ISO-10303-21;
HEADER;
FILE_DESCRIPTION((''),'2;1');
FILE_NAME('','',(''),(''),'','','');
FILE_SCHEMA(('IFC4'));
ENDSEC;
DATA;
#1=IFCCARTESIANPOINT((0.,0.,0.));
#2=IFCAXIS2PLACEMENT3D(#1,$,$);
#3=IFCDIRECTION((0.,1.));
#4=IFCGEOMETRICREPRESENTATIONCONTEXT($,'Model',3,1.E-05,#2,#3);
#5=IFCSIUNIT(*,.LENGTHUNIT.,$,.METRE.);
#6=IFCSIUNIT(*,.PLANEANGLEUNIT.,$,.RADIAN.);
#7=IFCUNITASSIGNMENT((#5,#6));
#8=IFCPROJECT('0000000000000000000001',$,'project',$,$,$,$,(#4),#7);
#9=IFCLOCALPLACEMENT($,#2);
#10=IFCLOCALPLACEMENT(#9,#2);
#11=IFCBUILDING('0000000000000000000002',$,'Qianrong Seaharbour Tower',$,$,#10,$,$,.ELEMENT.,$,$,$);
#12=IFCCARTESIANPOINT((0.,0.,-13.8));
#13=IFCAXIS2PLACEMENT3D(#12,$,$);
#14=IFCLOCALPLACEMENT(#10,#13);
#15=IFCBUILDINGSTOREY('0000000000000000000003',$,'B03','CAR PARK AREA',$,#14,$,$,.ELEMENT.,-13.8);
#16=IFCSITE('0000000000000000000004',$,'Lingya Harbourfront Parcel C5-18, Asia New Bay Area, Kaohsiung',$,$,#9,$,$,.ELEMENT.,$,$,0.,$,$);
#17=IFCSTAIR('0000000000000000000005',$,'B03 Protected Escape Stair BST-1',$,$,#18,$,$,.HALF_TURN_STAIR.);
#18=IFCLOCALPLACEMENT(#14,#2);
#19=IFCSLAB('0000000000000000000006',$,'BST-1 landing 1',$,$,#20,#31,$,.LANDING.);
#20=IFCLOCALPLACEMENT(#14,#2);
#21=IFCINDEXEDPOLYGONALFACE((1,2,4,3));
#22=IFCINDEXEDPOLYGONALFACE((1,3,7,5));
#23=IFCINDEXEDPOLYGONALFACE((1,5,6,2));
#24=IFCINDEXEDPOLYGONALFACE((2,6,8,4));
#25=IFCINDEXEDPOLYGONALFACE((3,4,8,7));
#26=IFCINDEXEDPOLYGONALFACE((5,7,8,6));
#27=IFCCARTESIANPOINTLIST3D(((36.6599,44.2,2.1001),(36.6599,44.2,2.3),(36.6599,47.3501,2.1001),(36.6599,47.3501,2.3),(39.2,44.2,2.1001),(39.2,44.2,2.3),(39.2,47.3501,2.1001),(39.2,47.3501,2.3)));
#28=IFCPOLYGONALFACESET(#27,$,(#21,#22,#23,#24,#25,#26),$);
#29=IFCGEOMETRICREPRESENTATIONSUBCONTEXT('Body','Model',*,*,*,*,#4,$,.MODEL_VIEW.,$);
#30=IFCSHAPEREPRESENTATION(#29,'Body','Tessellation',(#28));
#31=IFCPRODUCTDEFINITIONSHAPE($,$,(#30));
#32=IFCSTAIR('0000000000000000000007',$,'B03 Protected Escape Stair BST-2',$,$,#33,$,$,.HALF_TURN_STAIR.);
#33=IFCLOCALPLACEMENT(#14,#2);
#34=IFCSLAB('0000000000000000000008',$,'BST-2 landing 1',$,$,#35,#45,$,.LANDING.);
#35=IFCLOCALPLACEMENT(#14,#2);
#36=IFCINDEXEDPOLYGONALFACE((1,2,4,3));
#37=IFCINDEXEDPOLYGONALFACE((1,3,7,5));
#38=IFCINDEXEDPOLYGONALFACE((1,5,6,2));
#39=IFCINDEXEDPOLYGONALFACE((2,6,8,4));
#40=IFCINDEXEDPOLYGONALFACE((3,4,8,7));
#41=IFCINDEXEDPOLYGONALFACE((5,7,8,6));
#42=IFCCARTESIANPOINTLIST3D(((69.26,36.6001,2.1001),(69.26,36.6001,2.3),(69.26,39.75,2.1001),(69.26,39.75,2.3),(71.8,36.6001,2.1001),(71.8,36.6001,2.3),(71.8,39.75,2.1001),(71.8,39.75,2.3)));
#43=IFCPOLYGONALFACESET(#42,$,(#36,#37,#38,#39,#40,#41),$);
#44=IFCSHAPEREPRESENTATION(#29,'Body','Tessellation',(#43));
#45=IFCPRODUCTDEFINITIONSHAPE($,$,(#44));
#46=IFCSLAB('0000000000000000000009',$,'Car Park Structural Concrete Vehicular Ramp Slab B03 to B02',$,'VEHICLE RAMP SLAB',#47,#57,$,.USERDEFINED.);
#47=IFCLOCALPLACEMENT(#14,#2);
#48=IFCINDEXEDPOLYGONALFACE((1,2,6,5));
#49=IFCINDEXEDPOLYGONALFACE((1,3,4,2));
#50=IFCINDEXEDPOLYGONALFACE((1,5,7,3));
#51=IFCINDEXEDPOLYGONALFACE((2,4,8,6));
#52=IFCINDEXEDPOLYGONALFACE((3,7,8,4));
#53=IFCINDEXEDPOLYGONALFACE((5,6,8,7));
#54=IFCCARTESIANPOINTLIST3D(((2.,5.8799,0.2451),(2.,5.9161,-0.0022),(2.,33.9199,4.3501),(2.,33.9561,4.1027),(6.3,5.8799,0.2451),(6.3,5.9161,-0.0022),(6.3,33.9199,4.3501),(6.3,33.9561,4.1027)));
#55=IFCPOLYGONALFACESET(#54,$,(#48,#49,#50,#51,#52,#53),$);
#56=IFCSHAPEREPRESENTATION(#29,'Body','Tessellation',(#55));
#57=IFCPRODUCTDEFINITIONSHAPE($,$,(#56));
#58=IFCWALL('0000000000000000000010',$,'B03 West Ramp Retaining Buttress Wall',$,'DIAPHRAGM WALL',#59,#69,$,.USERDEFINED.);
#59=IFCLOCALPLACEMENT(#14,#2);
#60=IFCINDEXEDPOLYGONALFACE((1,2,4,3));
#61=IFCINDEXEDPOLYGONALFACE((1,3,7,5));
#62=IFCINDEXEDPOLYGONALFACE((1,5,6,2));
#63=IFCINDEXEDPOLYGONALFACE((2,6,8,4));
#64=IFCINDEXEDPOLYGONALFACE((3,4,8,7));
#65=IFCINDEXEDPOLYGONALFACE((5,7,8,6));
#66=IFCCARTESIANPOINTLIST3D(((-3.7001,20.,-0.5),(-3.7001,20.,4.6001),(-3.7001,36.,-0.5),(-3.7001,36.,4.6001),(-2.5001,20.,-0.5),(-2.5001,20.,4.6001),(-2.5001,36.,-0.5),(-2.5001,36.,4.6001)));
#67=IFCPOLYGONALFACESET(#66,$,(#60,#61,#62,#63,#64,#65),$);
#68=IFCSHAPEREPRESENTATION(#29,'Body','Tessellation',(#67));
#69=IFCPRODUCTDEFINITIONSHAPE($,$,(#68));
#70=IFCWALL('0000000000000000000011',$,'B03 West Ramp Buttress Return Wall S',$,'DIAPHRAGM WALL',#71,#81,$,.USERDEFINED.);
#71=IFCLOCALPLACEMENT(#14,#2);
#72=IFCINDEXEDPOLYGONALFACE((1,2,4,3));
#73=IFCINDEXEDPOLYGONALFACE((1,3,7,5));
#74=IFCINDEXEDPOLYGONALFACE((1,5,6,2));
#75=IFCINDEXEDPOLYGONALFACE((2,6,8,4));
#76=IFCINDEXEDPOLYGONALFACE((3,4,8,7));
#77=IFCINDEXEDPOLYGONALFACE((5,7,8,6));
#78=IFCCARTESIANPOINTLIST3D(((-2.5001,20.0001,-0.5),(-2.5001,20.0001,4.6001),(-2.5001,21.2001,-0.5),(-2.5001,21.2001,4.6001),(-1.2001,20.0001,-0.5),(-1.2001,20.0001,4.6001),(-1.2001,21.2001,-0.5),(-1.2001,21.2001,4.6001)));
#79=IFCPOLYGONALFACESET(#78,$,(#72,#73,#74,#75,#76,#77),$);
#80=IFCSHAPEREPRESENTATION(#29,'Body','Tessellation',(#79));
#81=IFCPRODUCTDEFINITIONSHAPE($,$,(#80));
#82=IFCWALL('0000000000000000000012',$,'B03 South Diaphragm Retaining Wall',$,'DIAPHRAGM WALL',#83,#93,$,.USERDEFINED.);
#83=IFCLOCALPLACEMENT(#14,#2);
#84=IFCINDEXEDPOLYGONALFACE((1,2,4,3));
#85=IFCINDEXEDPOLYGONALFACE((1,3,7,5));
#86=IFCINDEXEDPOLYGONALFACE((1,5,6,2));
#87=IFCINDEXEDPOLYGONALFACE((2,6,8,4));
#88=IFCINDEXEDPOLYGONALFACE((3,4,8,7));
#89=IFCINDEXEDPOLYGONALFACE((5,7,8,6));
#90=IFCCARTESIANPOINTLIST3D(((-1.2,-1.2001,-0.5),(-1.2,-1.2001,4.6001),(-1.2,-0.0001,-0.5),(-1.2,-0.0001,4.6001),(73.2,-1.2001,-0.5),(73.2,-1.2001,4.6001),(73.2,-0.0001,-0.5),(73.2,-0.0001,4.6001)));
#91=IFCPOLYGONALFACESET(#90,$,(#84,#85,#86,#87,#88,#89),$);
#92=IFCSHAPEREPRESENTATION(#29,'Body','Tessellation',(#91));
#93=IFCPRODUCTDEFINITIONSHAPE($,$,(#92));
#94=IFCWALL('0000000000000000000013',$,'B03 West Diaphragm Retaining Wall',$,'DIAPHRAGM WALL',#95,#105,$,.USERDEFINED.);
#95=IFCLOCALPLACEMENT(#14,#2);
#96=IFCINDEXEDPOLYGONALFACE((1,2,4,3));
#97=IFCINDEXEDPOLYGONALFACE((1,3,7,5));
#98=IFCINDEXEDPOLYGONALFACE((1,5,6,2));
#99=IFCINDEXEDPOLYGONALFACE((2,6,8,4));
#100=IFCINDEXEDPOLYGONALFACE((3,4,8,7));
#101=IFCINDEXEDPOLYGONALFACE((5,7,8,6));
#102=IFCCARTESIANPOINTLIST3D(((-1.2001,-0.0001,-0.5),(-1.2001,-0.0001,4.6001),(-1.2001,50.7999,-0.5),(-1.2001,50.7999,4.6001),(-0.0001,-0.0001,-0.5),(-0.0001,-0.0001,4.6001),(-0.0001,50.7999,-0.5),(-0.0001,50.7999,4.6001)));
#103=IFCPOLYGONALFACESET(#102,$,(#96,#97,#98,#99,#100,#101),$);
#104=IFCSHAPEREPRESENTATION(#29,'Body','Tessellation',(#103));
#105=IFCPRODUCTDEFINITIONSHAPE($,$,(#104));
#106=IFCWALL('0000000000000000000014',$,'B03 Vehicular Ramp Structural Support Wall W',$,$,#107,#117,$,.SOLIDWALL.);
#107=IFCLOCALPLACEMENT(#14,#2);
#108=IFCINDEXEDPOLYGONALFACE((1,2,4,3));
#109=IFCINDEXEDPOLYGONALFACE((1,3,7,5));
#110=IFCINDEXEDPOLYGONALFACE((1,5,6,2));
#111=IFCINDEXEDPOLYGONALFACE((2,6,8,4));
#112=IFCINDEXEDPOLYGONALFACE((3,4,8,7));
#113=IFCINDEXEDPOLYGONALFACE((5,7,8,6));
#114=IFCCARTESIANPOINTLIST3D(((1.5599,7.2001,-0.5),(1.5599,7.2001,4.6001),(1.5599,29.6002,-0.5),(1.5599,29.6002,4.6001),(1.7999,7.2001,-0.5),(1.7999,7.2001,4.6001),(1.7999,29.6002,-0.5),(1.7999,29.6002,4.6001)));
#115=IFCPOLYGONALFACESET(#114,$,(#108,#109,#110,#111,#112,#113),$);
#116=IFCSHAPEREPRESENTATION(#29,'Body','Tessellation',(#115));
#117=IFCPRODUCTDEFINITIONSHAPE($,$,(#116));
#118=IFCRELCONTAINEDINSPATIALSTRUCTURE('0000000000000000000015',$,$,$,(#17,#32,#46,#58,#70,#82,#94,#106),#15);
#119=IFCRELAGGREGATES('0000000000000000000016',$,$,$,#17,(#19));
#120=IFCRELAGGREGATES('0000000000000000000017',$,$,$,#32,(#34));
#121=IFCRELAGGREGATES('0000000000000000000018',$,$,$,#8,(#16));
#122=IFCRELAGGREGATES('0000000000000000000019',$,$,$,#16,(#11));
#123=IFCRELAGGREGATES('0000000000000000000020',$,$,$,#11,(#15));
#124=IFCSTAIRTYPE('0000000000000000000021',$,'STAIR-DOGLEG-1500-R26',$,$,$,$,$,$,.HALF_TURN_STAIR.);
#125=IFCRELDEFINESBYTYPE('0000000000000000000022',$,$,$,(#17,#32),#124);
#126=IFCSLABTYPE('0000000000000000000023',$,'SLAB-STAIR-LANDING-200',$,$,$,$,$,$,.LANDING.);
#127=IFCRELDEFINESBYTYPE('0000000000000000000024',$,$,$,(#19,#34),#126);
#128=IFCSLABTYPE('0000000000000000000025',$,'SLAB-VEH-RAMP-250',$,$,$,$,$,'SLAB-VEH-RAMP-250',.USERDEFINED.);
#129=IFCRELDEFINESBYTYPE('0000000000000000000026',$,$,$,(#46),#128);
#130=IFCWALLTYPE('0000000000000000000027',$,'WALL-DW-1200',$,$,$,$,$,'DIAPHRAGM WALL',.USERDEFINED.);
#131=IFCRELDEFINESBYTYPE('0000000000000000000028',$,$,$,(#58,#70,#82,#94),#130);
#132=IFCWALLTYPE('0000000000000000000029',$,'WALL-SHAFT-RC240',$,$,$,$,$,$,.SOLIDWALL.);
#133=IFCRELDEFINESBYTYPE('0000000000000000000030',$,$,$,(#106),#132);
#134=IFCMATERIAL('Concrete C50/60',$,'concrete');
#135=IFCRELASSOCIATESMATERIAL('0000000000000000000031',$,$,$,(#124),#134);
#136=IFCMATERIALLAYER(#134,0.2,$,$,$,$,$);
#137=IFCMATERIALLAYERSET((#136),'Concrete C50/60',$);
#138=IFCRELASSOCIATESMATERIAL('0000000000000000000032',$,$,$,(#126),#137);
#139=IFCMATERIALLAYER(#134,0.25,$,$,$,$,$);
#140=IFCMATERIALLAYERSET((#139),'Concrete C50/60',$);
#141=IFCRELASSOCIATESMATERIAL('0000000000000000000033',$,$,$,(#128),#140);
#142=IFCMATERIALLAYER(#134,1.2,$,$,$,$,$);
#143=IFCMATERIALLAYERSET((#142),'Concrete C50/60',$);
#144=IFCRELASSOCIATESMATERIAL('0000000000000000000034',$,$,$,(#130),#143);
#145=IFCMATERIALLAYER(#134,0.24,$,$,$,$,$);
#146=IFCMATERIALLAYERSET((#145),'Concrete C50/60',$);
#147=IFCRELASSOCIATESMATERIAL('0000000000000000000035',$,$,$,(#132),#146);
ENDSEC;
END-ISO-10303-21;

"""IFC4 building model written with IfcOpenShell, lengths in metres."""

from ifc_helpers import new_model, si_unit, direction, frame, frame_2d, origin, place, context, subcontext, project, spatial, polyline, rectangle, outline, extrude, material, layer, layer_set, type_object, element, aggregate, save


model = new_model("IFC4")

# Units and contexts
model_context = context("Model", 3, precision=1e-05, world=origin(), true_north=direction((0.0, 1.0)))
body_context = subcontext(model_context, "Body", "Model", "MODEL_VIEW")
ifc_project = project(units=[si_unit("LENGTHUNIT", "METRE"), si_unit("PLANEANGLEUNIT", "RADIAN")], contexts=[model_context])

# Site, building, storey
site_placement = place(None, origin())
site = spatial("IfcSite", under=ifc_project, at=site_placement, Name="Lingya Harbourfront Parcel C5-18, Asia New Bay Area, Kaohsiung", CompositionType="ELEMENT", RefElevation=0.0)
building_placement = place(site_placement, origin())
building = spatial("IfcBuilding", under=site, at=building_placement, Name="Qianrong Seaharbour Tower", CompositionType="ELEMENT")
storey_placement = place(building_placement, frame((0.0, 0.0, -13.8)))
storey = spatial("IfcBuildingStorey", under=building, at=storey_placement, Name="B03", Description="CAR PARK AREA", CompositionType="ELEMENT", Elevation=-13.8)

# Shared definitions
ifc_material_1 = material(Name="Concrete C50/60", Category="concrete")

# Stairs, slabs
stair_type = type_object("IfcStairType", Name="STAIR-DOGLEG-1500-R26", PredefinedType="HALF_TURN_STAIR", material=ifc_material_1)
stair_1_placement = place(storey_placement, origin())
stair_1 = element("IfcStair", 1, at=stair_1_placement, inside=storey, type_object=stair_type, Name="B03 Protected Escape Stair BST-1", PredefinedType="HALF_TURN_STAIR")
ifc_layer_1 = layer(ifc_material_1, 0.2)
ifc_layer_set_1 = layer_set([ifc_layer_1], Name="Concrete C50/60")
slab_type_1 = type_object("IfcSlabType", Name="SLAB-STAIR-LANDING-200", PredefinedType="LANDING", material=ifc_layer_set_1)
slab_1_placement = place(storey_placement, frame((0.0, 0.0, 2.1001)))
slab_1 = element("IfcSlab", 2, at=slab_1_placement, type_object=slab_type_1, Name="BST-1 landing 1", PredefinedType="LANDING", context=body_context, shape_type="SweptSolid", body=[
    extrude(outline(polyline([(36.6599, 44.2), (39.2, 44.2), (39.2, 47.3501), (36.6599, 47.3501), (36.6599, 44.2)])), origin(), (0.0, 0.0, 1.0), 0.2),
])
aggregate(stair_1, [slab_1])
stair_2_placement = place(storey_placement, origin())
stair_2 = element("IfcStair", 3, at=stair_2_placement, inside=storey, type_object=stair_type, Name="B03 Protected Escape Stair BST-2", PredefinedType="HALF_TURN_STAIR")
slab_2_placement = place(storey_placement, frame((0.0, 0.0, 2.1001)))
slab_2 = element("IfcSlab", 4, at=slab_2_placement, type_object=slab_type_1, Name="BST-2 landing 1", PredefinedType="LANDING", context=body_context, shape_type="SweptSolid", body=[
    extrude(outline(polyline([(69.26, 36.6001), (71.8, 36.6001), (71.8, 39.75), (69.26, 39.75), (69.26, 36.6001)])), origin(), (0.0, 0.0, 1.0), 0.2),
])
aggregate(stair_2, [slab_2])

# Slab
ifc_layer_2 = layer(ifc_material_1, 0.25)
ifc_layer_set_2 = layer_set([ifc_layer_2], Name="Concrete C50/60")
slab_type_2 = type_object("IfcSlabType", Name="SLAB-VEH-RAMP-250", ElementType="SLAB-VEH-RAMP-250", PredefinedType="USERDEFINED", material=ifc_layer_set_2)
slab_3_placement = place(storey_placement, frame((2.0, 5.8799, 0.2451), z_axis=(0.0, -0.144853, 0.989453), x_axis=(1.0, 0.0, 0.0)))
element("IfcSlab", 5, at=slab_3_placement, inside=storey, type_object=slab_type_2, Name="Car Park Structural Concrete Vehicular Ramp Slab B03 to B02", ObjectType="VEHICLE RAMP SLAB", PredefinedType="USERDEFINED", context=body_context, shape_type="SweptSolid", body=[
    extrude(outline(polyline([(0.0, 0.0), (4.3, 0.0), (4.3, 28.3389), (0.0, 28.3389), (0.0, 0.0)])), origin(), (0.0, 0.0, -1.0), 0.25),
])

# Walls
ifc_layer_3 = layer(ifc_material_1, 1.2)
ifc_layer_set_3 = layer_set([ifc_layer_3], Name="Concrete C50/60")
wall_type_1 = type_object("IfcWallType", Name="WALL-DW-1200", ElementType="DIAPHRAGM WALL", PredefinedType="USERDEFINED", material=ifc_layer_set_3)
wall_1_placement = place(storey_placement, frame((-3.1001, 20.0, -0.5), z_axis=(0.0, 0.0, 1.0), x_axis=(0.0, 1.0, 0.0)))
element("IfcWall", 6, at=wall_1_placement, inside=storey, type_object=wall_type_1, Name="B03 West Ramp Retaining Buttress Wall", ObjectType="DIAPHRAGM WALL", PredefinedType="USERDEFINED", context=body_context, shape_type="SweptSolid", body=[
    extrude(rectangle(XDim=16.0, YDim=1.2, at=frame_2d((8.0, 0.0))), origin(), (0.0, 0.0, 1.0), 5.1001),
])
wall_2_placement = place(storey_placement, frame((-2.5, 20.6001, -0.5), z_axis=(0.0, 0.0, 1.0), x_axis=(1.0, 0.0, 0.0)))
element("IfcWall", 7, at=wall_2_placement, inside=storey, type_object=wall_type_1, Name="B03 West Ramp Buttress Return Wall S", ObjectType="DIAPHRAGM WALL", PredefinedType="USERDEFINED", context=body_context, shape_type="SweptSolid", body=[
    extrude(rectangle(XDim=1.3, YDim=1.2, at=frame_2d((0.6499, 0.0))), origin(), (0.0, 0.0, 1.0), 5.1001),
])
wall_3_placement = place(storey_placement, frame((-1.2, -0.6001, -0.5), z_axis=(0.0, 0.0, 1.0), x_axis=(1.0, 0.0, 0.0)))
element("IfcWall", 8, at=wall_3_placement, inside=storey, type_object=wall_type_1, Name="B03 South Diaphragm Retaining Wall", ObjectType="DIAPHRAGM WALL", PredefinedType="USERDEFINED", context=body_context, shape_type="SweptSolid", body=[
    extrude(rectangle(XDim=74.3999, YDim=1.2, at=frame_2d((37.2, 0.0))), origin(), (0.0, 0.0, 1.0), 5.1001),
])
wall_4_placement = place(storey_placement, frame((-0.6001, 0.0, -0.5), z_axis=(0.0, 0.0, 1.0), x_axis=(0.0, 1.0, 0.0)))
element("IfcWall", 9, at=wall_4_placement, inside=storey, type_object=wall_type_1, Name="B03 West Diaphragm Retaining Wall", ObjectType="DIAPHRAGM WALL", PredefinedType="USERDEFINED", context=body_context, shape_type="SweptSolid", body=[
    extrude(rectangle(XDim=50.8, YDim=1.2, at=frame_2d((25.3999, 0.0))), origin(), (0.0, 0.0, 1.0), 5.1001),
])
ifc_layer_4 = layer(ifc_material_1, 0.24)
ifc_layer_set_4 = layer_set([ifc_layer_4], Name="Concrete C50/60")
wall_type_2 = type_object("IfcWallType", Name="WALL-SHAFT-RC240", PredefinedType="SOLIDWALL", material=ifc_layer_set_4)
wall_5_placement = place(storey_placement, frame((1.6799, 7.2, -0.5), z_axis=(0.0, 0.0, 1.0), x_axis=(0.0, 1.0, 0.0)))
element("IfcWall", 10, at=wall_5_placement, inside=storey, type_object=wall_type_2, Name="B03 Vehicular Ramp Structural Support Wall W", PredefinedType="SOLIDWALL", context=body_context, shape_type="SweptSolid", body=[
    extrude(rectangle(XDim=22.4001, YDim=0.24, at=frame_2d((11.2002, 0.0))), origin(), (0.0, 0.0, 1.0), 5.1001),
])

save(model, "model.ifc")
